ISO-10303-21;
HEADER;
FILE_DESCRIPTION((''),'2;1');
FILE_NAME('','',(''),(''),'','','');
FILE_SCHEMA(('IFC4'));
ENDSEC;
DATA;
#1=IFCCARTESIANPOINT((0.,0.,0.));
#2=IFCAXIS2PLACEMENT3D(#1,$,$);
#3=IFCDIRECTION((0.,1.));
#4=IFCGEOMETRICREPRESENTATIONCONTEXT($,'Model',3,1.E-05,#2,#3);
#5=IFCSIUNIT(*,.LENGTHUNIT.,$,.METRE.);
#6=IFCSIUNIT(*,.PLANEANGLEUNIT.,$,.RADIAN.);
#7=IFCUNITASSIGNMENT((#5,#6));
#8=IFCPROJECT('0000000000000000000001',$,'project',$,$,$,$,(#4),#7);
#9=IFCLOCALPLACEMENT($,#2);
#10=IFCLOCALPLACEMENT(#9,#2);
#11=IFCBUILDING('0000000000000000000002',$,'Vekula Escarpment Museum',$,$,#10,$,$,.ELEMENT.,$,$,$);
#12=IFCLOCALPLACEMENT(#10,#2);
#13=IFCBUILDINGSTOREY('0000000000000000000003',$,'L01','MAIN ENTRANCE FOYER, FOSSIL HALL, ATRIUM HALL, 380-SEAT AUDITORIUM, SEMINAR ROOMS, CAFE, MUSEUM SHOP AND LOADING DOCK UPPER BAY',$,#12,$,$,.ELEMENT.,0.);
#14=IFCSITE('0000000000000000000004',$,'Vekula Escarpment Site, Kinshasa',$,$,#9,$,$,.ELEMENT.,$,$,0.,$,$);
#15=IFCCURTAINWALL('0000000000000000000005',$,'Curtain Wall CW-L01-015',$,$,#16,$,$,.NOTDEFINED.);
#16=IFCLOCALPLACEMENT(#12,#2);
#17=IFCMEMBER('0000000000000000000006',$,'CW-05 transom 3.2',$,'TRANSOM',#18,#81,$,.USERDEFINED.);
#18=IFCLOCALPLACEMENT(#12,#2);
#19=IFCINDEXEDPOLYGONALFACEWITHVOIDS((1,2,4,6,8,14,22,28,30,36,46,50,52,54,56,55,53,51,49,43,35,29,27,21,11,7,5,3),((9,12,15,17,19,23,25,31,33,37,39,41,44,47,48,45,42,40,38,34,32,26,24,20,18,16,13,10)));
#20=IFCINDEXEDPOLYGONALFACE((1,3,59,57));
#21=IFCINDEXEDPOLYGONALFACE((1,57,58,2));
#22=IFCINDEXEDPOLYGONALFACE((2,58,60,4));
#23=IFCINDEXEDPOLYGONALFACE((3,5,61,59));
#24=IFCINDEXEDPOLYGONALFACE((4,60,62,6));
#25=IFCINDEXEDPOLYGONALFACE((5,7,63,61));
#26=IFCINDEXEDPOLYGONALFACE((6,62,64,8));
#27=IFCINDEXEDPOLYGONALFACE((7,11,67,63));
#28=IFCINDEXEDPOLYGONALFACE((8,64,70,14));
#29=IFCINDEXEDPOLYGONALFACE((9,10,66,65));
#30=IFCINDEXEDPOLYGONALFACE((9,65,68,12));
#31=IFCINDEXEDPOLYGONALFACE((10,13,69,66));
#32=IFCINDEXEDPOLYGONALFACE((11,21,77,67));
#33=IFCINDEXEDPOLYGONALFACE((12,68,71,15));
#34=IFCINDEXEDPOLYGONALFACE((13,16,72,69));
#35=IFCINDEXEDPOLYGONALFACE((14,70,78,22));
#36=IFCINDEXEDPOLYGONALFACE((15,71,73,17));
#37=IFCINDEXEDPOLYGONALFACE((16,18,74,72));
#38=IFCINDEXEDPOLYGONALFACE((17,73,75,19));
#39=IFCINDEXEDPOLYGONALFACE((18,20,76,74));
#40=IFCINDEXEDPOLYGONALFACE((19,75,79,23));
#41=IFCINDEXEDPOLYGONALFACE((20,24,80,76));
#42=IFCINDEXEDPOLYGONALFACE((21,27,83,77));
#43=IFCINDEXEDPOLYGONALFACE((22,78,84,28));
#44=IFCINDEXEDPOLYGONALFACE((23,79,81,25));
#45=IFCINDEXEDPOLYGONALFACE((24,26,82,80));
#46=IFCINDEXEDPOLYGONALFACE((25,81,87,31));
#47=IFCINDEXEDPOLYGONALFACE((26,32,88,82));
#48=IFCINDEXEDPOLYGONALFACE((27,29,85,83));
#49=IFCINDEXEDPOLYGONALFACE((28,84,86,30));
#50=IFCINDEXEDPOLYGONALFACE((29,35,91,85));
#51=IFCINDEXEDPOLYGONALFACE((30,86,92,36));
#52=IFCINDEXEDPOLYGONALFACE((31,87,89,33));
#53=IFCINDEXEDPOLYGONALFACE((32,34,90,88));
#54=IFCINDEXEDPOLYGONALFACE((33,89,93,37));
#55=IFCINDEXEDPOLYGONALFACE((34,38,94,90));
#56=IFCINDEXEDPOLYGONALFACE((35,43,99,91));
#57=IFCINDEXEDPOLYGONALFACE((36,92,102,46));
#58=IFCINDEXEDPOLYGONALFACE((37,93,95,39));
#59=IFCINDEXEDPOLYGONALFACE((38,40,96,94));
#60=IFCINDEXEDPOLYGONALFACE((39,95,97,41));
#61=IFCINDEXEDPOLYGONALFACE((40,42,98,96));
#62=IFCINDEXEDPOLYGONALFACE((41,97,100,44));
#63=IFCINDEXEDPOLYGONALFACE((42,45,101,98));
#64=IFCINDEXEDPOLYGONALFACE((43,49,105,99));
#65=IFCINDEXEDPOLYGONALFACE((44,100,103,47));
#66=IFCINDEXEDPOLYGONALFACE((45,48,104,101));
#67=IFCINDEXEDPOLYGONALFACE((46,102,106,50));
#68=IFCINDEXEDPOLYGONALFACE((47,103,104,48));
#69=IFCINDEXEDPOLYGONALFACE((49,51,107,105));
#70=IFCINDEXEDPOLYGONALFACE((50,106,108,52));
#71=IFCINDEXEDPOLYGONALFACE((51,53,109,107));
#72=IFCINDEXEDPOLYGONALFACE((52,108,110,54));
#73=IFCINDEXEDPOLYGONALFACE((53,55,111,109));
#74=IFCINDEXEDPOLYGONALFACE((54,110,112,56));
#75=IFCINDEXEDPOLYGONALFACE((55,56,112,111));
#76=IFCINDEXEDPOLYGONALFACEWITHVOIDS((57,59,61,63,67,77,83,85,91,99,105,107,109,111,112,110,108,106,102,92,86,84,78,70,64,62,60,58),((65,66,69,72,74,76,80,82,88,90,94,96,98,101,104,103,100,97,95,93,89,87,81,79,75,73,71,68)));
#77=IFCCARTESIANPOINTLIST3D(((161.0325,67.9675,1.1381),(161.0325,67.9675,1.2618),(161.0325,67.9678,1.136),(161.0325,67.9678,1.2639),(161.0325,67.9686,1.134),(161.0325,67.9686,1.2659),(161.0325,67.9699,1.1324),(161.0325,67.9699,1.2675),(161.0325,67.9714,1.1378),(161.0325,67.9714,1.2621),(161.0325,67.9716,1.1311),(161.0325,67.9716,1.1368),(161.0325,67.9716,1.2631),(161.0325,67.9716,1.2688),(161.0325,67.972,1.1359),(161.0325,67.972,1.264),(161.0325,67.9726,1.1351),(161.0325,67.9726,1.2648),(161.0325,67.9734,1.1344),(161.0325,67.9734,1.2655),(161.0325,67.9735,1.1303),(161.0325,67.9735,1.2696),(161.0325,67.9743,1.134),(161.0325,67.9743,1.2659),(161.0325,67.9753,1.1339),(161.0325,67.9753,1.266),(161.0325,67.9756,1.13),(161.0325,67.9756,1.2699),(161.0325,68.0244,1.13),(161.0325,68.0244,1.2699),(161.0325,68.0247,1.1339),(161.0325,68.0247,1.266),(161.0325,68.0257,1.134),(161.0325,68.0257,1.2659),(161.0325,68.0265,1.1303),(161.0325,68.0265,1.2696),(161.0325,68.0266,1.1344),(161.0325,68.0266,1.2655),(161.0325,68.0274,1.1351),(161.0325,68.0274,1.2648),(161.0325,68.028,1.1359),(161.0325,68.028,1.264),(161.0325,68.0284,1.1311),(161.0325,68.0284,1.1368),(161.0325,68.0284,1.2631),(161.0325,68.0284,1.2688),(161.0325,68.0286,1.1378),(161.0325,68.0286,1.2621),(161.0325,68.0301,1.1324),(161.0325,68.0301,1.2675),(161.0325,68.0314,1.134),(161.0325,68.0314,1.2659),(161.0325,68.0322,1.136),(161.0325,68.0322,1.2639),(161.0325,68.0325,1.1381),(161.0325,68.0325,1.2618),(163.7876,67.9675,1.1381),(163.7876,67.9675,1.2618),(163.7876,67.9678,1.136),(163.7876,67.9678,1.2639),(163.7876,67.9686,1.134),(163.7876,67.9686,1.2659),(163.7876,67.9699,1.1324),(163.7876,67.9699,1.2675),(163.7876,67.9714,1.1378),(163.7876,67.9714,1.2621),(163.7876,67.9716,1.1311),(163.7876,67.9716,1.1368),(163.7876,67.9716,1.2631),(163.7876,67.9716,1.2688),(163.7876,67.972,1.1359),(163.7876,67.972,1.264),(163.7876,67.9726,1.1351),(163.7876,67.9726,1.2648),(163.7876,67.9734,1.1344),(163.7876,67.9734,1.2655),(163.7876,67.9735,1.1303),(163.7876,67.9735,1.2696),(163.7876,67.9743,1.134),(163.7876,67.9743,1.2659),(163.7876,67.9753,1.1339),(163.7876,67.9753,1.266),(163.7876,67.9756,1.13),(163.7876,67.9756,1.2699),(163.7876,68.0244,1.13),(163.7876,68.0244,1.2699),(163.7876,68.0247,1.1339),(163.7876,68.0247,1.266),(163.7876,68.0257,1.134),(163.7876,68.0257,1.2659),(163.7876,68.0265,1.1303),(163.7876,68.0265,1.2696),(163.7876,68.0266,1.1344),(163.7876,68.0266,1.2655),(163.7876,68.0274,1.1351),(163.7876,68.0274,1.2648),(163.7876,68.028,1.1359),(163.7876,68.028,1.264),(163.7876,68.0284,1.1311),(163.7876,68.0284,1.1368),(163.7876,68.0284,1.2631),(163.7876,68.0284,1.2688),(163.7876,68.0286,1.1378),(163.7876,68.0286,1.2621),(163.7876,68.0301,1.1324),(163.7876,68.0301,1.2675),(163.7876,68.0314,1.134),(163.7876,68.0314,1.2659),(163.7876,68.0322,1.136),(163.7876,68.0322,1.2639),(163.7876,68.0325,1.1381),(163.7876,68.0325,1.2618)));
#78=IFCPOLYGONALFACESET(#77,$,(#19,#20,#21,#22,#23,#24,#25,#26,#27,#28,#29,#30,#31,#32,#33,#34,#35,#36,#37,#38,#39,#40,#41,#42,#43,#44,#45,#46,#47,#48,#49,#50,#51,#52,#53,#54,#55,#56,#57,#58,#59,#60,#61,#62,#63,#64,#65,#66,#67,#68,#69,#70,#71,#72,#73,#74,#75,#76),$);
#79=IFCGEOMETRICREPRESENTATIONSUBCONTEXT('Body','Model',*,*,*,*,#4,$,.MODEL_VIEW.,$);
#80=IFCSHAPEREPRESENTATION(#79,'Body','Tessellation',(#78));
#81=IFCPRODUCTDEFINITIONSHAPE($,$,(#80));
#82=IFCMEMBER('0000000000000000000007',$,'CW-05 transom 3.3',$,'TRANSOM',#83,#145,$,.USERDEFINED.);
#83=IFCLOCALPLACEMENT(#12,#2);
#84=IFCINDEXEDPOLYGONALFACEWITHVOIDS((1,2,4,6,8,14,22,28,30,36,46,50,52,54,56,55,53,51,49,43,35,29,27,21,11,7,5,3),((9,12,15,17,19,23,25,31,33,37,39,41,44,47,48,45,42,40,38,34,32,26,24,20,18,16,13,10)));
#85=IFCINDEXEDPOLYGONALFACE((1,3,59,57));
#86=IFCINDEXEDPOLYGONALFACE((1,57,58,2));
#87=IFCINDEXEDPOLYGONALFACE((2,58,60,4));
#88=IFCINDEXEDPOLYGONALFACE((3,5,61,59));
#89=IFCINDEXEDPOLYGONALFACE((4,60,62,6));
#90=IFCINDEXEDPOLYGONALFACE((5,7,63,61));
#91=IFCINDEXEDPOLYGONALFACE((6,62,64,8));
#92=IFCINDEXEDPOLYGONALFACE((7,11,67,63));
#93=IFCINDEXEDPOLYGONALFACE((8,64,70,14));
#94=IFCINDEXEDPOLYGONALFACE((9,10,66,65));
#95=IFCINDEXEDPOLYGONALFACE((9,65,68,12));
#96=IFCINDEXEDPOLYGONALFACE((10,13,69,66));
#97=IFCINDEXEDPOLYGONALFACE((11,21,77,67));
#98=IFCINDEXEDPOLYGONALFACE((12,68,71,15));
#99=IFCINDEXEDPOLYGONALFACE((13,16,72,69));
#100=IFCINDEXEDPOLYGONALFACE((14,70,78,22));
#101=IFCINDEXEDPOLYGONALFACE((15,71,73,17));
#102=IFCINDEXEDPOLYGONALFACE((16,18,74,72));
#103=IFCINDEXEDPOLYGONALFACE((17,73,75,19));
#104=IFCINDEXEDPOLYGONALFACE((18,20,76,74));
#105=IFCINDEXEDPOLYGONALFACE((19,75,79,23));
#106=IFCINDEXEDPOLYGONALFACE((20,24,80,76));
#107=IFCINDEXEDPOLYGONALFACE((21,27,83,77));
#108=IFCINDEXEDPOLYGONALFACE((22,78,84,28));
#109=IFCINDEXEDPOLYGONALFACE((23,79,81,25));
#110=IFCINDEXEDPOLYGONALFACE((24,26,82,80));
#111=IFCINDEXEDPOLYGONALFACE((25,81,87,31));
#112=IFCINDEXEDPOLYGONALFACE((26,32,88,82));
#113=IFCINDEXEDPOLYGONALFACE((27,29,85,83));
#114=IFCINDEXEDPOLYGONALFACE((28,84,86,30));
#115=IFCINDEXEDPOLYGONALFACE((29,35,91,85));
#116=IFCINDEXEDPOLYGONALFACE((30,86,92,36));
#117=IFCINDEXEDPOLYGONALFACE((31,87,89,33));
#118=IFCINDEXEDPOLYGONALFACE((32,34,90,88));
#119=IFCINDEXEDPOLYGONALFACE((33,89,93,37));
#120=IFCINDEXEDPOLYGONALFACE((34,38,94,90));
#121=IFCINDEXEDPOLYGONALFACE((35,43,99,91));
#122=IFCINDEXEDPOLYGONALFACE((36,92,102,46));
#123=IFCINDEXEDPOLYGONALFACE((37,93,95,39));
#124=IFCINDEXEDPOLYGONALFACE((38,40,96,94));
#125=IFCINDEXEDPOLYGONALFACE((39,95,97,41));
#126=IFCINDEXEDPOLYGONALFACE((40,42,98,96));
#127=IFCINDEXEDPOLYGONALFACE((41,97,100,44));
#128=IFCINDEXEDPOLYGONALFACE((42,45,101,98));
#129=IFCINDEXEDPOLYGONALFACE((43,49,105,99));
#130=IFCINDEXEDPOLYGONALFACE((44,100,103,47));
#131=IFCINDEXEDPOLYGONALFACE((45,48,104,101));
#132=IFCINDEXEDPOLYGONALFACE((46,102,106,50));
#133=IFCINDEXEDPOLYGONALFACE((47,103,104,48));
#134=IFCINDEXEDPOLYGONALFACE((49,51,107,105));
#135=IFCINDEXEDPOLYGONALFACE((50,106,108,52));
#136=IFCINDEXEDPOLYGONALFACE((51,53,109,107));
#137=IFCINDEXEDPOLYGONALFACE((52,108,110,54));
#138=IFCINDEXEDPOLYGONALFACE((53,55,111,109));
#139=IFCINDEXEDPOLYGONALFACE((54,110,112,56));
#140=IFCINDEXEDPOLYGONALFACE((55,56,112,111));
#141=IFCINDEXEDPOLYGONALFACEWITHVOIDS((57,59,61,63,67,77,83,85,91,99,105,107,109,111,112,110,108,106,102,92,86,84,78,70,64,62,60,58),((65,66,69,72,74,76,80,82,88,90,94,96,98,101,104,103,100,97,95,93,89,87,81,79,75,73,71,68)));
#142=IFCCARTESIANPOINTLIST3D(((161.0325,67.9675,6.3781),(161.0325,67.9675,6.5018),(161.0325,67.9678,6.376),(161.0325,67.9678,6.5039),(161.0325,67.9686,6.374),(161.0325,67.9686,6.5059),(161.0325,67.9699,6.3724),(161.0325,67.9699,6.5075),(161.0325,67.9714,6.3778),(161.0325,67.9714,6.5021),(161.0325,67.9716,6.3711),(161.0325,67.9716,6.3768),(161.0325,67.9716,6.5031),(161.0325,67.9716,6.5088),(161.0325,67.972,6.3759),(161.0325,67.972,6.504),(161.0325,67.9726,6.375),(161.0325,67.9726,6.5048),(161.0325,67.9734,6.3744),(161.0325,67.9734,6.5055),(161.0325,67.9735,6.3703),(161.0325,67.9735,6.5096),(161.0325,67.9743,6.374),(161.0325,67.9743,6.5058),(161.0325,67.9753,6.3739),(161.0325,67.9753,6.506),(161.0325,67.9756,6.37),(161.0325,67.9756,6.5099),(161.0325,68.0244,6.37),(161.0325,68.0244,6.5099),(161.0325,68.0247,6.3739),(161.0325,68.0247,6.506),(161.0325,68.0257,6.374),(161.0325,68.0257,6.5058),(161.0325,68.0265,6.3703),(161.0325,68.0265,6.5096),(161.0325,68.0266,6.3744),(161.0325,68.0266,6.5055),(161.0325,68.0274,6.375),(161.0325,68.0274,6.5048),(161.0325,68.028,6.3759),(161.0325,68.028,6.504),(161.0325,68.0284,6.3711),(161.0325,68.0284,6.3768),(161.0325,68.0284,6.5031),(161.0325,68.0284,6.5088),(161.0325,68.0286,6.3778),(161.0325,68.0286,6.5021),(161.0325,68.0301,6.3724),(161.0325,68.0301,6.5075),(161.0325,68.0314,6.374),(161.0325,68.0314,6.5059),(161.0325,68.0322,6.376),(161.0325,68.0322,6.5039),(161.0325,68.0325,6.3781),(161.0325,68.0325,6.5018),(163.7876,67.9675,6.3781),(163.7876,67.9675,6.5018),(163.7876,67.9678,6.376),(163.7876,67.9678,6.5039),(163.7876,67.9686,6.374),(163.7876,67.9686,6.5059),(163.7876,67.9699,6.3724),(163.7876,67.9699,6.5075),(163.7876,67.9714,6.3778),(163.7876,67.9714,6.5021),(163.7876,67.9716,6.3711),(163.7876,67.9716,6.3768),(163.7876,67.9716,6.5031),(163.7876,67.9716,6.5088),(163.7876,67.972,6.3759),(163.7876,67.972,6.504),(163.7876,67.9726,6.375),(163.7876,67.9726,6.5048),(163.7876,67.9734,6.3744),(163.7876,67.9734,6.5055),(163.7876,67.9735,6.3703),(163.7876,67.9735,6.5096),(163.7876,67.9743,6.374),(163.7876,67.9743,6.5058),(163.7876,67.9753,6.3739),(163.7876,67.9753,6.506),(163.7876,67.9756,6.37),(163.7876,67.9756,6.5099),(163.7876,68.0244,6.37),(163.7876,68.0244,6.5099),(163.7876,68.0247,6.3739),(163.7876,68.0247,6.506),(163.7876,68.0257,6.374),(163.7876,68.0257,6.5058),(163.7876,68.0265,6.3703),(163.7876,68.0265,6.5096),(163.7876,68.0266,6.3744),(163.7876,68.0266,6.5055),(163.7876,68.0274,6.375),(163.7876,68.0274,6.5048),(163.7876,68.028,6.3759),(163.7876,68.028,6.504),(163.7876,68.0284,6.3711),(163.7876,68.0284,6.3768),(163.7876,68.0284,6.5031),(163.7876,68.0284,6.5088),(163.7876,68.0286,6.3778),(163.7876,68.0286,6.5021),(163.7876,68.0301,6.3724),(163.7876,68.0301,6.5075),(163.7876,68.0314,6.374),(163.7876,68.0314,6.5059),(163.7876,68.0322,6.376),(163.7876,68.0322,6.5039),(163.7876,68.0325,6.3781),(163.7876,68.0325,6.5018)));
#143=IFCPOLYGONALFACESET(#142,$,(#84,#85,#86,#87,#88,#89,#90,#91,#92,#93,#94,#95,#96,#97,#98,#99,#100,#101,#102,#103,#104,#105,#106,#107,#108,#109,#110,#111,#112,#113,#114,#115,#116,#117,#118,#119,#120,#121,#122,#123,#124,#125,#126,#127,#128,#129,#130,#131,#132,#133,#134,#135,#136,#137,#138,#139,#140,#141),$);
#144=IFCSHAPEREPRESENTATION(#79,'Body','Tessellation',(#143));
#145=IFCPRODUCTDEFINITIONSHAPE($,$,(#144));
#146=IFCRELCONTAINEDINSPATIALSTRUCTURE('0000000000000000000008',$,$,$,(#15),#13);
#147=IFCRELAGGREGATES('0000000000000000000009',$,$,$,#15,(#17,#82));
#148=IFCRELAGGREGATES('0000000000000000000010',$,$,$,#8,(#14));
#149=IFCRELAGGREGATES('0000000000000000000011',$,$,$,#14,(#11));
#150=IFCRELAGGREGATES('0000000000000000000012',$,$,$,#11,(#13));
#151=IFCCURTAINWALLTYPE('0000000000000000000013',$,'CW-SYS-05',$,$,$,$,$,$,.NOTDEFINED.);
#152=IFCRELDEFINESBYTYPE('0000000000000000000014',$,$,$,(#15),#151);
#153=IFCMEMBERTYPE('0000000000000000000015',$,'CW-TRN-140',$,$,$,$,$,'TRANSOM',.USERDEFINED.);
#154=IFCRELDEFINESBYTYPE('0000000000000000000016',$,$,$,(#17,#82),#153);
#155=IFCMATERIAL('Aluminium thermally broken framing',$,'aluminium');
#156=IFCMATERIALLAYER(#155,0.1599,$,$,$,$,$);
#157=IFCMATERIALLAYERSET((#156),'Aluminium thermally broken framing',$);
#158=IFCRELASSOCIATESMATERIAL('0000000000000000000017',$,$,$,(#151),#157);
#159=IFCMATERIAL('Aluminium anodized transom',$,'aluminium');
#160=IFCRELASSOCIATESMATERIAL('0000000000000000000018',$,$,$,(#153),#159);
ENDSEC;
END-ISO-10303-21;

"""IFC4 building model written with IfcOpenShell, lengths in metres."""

from ifc_helpers import new_model, si_unit, direction, frame, origin, origin_2d, place, context, subcontext, project, spatial, hollow_rectangle, extrude, material, layer, layer_set, material_profile, profile_set, type_object, element, aggregate, save


model = new_model("IFC4")

# Units and contexts
model_context = context("Model", 3, precision=1e-05, world=origin(), true_north=direction((0.0, 1.0)))
body_context = subcontext(model_context, "Body", "Model", "MODEL_VIEW")
ifc_project = project(units=[si_unit("LENGTHUNIT", "METRE"), si_unit("PLANEANGLEUNIT", "RADIAN")], contexts=[model_context])

# Site, building, storey
site_placement = place(None, origin())
site = spatial("IfcSite", under=ifc_project, at=site_placement, Name="Vekula Escarpment Site, Kinshasa", CompositionType="ELEMENT", RefElevation=0.0)
building_placement = place(site_placement, origin())
building = spatial("IfcBuilding", under=site, at=building_placement, Name="Vekula Escarpment Museum", CompositionType="ELEMENT")
storey_placement = place(building_placement, origin())
storey = spatial("IfcBuildingStorey", under=building, at=storey_placement, Name="L01", Description="MAIN ENTRANCE FOYER, FOSSIL HALL, ATRIUM HALL, 380-SEAT AUDITORIUM, SEMINAR ROOMS, CAFE, MUSEUM SHOP AND LOADING DOCK UPPER BAY", CompositionType="ELEMENT", Elevation=0.0)

# Curtain wall, members
ifc_material_1 = material(Name="Aluminium thermally broken framing", Category="aluminium")
ifc_layer_1 = layer(ifc_material_1, 0.1599)
ifc_layer_set_1 = layer_set([ifc_layer_1], Name="Aluminium thermally broken framing")
curtain_wall_type_1 = type_object("IfcCurtainWallType", Name="CW-SYS-05", PredefinedType="NOTDEFINED", material=ifc_layer_set_1)
curtain_wall_1_placement = place(storey_placement, origin())
curtain_wall_1 = element("IfcCurtainWall", 1, at=curtain_wall_1_placement, inside=storey, type_object=curtain_wall_type_1, Name="Curtain Wall CW-L01-015", PredefinedType="NOTDEFINED")
ifc_material_2 = material(Name="Aluminium anodized transom", Category="aluminium")
ifc_material_profile_1 = material_profile(ifc_material_2, hollow_rectangle(XDim=0.0649, YDim=0.1399, WallThickness=0.0039, InnerFilletRadius=0.0039, OuterFilletRadius=0.0081, at=origin_2d()), Name="ALU 140x65x4")
ifc_profile_set_1 = profile_set([ifc_material_profile_1], Name="Aluminium anodized transom")
member_type_1 = type_object("IfcMemberType", Name="CW-TRN-140", ElementType="TRANSOM", PredefinedType="USERDEFINED", material=ifc_profile_set_1)
member_1_placement = place(storey_placement, frame((161.0325, 68.0, 1.2), z_axis=(1.0, 0.0, 0.0), x_axis=(0.0, 1.0, 0.0)))
member_1 = element("IfcMember", 2, at=member_1_placement, type_object=member_type_1, Name="CW-05 transom 3.2", ObjectType="TRANSOM", PredefinedType="USERDEFINED", context=body_context, shape_type="SweptSolid", body=[
    extrude(hollow_rectangle(XDim=0.0649, YDim=0.1399, WallThickness=0.0039, InnerFilletRadius=0.0039, OuterFilletRadius=0.0081, at=origin_2d()), origin(), (0.0, 0.0, 1.0), 2.7551),
])
member_2_placement = place(storey_placement, frame((161.0325, 68.0, 6.4399), z_axis=(1.0, 0.0, 0.0), x_axis=(0.0, 1.0, 0.0)))
member_2 = element("IfcMember", 3, at=member_2_placement, type_object=member_type_1, Name="CW-05 transom 3.3", ObjectType="TRANSOM", PredefinedType="USERDEFINED", context=body_context, shape_type="SweptSolid", body=[
    extrude(hollow_rectangle(XDim=0.0649, YDim=0.1399, WallThickness=0.0039, InnerFilletRadius=0.0039, OuterFilletRadius=0.0081, at=origin_2d()), origin(), (0.0, 0.0, 1.0), 2.7551),
])

aggregate(curtain_wall_1, [member_1, member_2])

save(model, "model.ifc")
